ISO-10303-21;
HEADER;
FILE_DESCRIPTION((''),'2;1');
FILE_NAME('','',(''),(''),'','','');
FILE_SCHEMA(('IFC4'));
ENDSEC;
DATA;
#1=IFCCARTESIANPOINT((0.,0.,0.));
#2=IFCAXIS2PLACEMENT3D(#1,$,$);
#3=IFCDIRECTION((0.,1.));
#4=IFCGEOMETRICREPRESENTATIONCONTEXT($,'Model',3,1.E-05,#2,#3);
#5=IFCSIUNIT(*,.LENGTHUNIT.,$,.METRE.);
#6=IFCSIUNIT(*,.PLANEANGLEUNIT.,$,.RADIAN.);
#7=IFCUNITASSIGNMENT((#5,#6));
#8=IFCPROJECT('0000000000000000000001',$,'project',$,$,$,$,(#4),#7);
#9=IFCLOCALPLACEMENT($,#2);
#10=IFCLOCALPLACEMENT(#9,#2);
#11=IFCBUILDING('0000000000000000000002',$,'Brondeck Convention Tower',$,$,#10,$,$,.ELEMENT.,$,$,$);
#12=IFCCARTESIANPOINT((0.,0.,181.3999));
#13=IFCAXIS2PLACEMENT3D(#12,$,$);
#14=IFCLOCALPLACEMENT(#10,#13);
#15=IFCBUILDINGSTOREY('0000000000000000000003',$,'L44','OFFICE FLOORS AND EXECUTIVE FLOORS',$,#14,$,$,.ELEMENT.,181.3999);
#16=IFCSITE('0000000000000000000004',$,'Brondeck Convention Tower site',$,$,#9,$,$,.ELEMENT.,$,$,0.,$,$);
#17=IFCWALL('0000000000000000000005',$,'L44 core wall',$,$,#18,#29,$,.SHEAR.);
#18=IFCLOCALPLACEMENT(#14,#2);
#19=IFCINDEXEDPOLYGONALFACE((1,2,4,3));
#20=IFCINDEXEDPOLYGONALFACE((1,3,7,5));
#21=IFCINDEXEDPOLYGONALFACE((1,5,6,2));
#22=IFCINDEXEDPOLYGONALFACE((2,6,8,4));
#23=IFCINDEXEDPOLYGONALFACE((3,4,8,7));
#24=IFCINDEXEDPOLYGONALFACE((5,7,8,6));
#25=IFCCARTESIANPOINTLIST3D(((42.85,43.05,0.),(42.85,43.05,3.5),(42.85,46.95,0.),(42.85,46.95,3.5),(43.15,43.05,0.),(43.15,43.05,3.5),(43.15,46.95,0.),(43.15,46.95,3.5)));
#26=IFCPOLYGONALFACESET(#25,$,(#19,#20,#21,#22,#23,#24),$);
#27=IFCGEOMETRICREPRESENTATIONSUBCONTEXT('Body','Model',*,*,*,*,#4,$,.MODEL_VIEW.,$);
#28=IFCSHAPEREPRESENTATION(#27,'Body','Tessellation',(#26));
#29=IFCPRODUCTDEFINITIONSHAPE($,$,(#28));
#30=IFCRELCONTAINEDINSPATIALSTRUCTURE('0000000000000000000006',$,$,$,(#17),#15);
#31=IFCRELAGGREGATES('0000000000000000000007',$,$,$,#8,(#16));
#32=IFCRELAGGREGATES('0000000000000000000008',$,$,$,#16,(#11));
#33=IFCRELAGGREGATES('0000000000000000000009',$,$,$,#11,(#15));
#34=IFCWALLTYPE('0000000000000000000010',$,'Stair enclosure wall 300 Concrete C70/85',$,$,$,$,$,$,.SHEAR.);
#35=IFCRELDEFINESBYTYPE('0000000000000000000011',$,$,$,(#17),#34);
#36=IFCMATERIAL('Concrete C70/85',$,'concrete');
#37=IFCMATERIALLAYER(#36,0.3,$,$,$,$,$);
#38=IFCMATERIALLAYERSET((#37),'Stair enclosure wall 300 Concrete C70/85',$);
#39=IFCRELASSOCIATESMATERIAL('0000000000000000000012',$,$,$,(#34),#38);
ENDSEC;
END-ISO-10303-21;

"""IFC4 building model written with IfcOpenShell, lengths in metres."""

from ifc_helpers import new_model, si_unit, direction, frame, frame_2d, origin, place, context, subcontext, project, spatial, rectangle, extrude, material, layer, layer_set, type_object, element, save


model = new_model("IFC4")

# Units and contexts
model_context = context("Model", 3, precision=1e-05, world=origin(), true_north=direction((0.0, 1.0)))
body_context = subcontext(model_context, "Body", "Model", "MODEL_VIEW")
ifc_project = project(units=[si_unit("LENGTHUNIT", "METRE"), si_unit("PLANEANGLEUNIT", "RADIAN")], contexts=[model_context])

# Site, building, storey
site_placement = place(None, origin())
site = spatial("IfcSite", under=ifc_project, at=site_placement, Name="Brondeck Convention Tower site", CompositionType="ELEMENT", RefElevation=0.0)
building_placement = place(site_placement, origin())
building = spatial("IfcBuilding", under=site, at=building_placement, Name="Brondeck Convention Tower", CompositionType="ELEMENT")
storey_placement = place(building_placement, frame((0.0, 0.0, 181.3999)))
storey = spatial("IfcBuildingStorey", under=building, at=storey_placement, Name="L44", Description="OFFICE FLOORS AND EXECUTIVE FLOORS", CompositionType="ELEMENT", Elevation=181.3999)

# Shared definitions
ifc_material_1 = material(Name="Concrete C70/85", Category="concrete")

# Wall
ifc_layer_1 = layer(ifc_material_1, 0.3)
ifc_layer_set_1 = layer_set([ifc_layer_1], Name="Stair enclosure wall 300 Concrete C70/85")
wall_type_1 = type_object("IfcWallType", Name="Stair enclosure wall 300 Concrete C70/85", PredefinedType="SHEAR", material=ifc_layer_set_1)
wall_1_placement = place(storey_placement, frame((43.0, 43.05, 0.0), z_axis=(0.0, 0.0, 1.0), x_axis=(0.0, 1.0, 0.0)))
element("IfcWall", 1, at=wall_1_placement, inside=storey, type_object=wall_type_1, Name="L44 core wall", PredefinedType="SHEAR", context=body_context, shape_type="SweptSolid", body=[
    extrude(rectangle(XDim=3.8999, YDim=0.3, at=frame_2d((1.95, 0.0))), origin(), (0.0, 0.0, 1.0), 3.5),
])

save(model, "model.ifc")
